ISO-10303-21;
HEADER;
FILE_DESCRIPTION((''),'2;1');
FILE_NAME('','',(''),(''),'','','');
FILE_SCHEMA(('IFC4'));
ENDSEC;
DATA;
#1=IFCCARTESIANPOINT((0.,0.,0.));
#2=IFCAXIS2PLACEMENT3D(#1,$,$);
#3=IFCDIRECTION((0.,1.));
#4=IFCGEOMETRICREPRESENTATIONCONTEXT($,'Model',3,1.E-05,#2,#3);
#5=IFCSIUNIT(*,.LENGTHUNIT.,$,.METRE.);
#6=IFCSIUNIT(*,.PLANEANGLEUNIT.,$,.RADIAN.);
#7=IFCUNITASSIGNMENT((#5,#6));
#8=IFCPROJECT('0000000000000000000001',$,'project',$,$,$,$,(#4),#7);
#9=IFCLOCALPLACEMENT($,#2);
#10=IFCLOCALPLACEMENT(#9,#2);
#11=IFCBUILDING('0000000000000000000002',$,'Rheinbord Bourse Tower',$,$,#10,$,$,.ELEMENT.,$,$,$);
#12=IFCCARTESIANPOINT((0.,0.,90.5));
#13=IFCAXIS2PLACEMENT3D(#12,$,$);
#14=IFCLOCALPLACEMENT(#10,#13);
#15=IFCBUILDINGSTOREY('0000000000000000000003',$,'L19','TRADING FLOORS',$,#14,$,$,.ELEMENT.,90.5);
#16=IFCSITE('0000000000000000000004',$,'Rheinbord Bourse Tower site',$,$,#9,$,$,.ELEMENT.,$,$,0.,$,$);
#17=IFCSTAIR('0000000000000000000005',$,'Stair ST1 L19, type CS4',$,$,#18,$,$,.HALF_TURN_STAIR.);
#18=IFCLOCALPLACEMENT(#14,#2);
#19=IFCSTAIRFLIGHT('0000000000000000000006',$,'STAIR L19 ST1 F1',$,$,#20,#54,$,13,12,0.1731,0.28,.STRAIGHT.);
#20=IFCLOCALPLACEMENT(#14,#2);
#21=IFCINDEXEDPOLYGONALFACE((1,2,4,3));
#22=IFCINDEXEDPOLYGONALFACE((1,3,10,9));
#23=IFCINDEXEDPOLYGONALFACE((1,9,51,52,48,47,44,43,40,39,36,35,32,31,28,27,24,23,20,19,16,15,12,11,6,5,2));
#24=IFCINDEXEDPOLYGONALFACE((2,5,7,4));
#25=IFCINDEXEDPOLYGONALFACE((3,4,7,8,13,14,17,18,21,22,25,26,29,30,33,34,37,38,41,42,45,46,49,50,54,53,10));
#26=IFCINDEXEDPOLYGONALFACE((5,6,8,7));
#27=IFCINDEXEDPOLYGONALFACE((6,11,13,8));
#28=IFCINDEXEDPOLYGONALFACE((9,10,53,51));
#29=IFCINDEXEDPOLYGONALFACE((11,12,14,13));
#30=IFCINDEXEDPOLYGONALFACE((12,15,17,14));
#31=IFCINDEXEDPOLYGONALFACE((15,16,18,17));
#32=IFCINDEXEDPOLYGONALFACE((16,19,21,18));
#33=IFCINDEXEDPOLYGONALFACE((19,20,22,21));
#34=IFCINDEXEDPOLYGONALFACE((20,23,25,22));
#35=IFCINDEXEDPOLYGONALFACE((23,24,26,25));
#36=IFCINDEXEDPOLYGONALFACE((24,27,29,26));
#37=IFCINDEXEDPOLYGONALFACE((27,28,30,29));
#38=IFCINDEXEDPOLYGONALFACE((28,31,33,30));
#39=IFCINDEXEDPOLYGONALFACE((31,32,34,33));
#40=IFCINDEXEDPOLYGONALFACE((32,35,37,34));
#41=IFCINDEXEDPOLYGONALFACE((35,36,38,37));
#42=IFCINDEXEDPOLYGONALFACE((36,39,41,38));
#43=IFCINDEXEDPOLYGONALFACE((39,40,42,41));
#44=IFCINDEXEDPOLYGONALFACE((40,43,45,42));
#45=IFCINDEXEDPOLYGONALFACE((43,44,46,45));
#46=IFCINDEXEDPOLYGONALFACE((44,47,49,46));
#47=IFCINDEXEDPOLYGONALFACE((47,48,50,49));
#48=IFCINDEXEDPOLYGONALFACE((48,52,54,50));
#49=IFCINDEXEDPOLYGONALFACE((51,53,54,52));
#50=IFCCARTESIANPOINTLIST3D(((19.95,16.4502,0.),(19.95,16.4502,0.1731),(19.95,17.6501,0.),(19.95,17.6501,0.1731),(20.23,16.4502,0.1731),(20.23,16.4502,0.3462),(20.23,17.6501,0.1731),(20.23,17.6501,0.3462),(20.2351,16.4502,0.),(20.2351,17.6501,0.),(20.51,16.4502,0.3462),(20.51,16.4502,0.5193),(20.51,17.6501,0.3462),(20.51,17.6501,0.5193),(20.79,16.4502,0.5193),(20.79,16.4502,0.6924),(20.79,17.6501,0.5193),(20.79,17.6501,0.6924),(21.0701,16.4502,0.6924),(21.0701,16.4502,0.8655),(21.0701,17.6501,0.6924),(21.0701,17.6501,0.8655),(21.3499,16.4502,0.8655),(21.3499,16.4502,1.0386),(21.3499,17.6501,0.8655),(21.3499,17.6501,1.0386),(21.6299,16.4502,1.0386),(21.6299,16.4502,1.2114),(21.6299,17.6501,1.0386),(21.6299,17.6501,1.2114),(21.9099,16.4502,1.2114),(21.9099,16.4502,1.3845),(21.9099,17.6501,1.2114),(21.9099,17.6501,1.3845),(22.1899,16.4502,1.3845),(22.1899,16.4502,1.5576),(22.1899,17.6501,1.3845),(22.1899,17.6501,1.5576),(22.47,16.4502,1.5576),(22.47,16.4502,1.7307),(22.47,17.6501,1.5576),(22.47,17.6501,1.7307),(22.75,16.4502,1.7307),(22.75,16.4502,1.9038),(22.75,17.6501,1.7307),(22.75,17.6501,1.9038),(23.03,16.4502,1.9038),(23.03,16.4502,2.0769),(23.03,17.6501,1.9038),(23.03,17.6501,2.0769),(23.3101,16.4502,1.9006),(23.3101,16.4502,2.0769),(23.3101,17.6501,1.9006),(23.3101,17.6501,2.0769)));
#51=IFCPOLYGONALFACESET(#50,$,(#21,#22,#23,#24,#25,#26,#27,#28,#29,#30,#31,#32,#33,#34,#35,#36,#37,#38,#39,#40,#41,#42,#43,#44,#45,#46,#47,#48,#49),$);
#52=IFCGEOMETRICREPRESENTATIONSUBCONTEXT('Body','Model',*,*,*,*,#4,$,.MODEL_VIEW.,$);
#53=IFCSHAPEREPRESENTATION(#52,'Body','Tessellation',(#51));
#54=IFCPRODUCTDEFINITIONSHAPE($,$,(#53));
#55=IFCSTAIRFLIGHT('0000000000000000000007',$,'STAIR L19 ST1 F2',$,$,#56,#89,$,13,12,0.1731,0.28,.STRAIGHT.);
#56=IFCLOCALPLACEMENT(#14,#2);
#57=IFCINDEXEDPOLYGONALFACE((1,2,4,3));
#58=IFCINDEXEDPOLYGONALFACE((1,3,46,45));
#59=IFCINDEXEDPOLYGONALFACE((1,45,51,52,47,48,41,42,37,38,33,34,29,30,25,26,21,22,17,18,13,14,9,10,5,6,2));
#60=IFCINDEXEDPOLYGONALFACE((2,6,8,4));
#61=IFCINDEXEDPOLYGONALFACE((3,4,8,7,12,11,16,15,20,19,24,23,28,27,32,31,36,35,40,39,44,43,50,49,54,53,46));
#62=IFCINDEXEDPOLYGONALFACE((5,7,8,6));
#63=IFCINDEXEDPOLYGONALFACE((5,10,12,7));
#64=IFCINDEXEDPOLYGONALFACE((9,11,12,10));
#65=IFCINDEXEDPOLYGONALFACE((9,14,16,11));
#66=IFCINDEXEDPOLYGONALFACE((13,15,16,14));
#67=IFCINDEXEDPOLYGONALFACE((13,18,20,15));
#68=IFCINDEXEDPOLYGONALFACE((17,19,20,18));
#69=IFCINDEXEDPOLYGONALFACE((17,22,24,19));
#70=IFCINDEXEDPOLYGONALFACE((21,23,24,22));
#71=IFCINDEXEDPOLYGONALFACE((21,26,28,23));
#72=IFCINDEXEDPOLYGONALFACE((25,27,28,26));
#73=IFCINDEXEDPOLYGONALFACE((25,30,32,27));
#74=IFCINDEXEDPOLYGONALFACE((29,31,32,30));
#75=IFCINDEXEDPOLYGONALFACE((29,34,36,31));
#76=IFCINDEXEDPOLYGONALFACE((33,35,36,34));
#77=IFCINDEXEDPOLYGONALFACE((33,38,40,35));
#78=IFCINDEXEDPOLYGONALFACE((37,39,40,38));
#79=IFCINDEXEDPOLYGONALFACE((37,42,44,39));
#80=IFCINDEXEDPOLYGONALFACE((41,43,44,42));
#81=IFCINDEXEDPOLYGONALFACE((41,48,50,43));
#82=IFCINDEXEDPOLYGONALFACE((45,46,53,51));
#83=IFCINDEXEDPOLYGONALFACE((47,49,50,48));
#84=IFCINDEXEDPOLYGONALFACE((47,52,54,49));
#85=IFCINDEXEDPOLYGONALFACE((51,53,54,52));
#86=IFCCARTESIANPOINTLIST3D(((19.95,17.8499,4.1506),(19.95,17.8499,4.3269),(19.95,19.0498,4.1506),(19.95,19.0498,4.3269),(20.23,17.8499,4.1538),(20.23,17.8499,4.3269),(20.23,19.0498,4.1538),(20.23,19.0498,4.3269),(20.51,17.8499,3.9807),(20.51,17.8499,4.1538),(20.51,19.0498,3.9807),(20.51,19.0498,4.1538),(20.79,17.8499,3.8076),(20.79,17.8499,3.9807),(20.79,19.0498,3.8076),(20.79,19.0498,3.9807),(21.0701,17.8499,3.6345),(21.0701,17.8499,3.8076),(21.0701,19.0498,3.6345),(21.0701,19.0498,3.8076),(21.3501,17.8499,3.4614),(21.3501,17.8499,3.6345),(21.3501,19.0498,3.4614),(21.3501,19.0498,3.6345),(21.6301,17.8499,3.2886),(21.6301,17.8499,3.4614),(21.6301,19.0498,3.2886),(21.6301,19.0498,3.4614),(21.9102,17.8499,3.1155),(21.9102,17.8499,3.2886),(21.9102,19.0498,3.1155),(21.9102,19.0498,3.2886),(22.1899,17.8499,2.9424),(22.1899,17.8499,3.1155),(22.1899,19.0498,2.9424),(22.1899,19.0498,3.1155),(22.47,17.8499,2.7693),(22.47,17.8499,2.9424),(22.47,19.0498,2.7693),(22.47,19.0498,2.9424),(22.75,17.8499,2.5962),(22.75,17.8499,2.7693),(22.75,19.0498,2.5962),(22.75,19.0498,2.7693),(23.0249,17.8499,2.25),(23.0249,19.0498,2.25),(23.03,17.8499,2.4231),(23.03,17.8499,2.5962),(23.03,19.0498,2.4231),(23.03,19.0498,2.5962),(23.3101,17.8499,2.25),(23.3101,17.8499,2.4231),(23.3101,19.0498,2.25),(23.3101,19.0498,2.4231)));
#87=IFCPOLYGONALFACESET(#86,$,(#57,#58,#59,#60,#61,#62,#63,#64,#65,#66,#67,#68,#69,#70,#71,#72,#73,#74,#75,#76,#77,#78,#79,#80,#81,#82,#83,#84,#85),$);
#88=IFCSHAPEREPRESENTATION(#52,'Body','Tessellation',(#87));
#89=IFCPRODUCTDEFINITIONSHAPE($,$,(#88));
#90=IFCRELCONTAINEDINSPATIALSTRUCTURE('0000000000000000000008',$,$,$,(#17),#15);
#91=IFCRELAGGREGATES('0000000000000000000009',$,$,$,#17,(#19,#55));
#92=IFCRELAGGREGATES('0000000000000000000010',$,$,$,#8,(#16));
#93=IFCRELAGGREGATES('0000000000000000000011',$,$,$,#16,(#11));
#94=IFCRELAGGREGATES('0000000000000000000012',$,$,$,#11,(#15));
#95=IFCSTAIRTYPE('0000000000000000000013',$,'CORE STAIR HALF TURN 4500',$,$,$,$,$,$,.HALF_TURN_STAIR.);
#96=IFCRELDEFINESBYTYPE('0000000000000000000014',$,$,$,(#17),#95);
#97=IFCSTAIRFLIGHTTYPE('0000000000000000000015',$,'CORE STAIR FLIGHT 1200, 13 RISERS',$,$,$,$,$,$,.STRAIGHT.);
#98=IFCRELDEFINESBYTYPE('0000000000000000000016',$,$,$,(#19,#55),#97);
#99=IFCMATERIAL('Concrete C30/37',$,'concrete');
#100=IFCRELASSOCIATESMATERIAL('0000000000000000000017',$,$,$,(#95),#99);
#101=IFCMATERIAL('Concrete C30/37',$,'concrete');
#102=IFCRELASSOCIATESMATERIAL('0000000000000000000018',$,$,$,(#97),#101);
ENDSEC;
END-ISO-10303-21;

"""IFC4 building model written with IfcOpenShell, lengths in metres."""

from ifc_helpers import new_model, si_unit, direction, frame, origin, place, context, subcontext, project, spatial, polyline, outline, extrude, material, type_object, element, aggregate, save


model = new_model("IFC4")

# Units and contexts
model_context = context("Model", 3, precision=1e-05, world=origin(), true_north=direction((0.0, 1.0)))
body_context = subcontext(model_context, "Body", "Model", "MODEL_VIEW")
ifc_project = project(units=[si_unit("LENGTHUNIT", "METRE"), si_unit("PLANEANGLEUNIT", "RADIAN")], contexts=[model_context])

# Site, building, storey
site_placement = place(None, origin())
site = spatial("IfcSite", under=ifc_project, at=site_placement, Name="Rheinbord Bourse Tower site", CompositionType="ELEMENT", RefElevation=0.0)
building_placement = place(site_placement, origin())
building = spatial("IfcBuilding", under=site, at=building_placement, Name="Rheinbord Bourse Tower", CompositionType="ELEMENT")
storey_placement = place(building_placement, frame((0.0, 0.0, 90.5)))
storey = spatial("IfcBuildingStorey", under=building, at=storey_placement, Name="L19", Description="TRADING FLOORS", CompositionType="ELEMENT", Elevation=90.5)

# Stair, stair flights
ifc_material_1 = material(Name="Concrete C30/37", Category="concrete")
stair_type = type_object("IfcStairType", Name="CORE STAIR HALF TURN 4500", PredefinedType="HALF_TURN_STAIR", material=ifc_material_1)
stair_placement = place(storey_placement, origin())
stair = element("IfcStair", 1, at=stair_placement, inside=storey, type_object=stair_type, Name="Stair ST1 L19, type CS4", PredefinedType="HALF_TURN_STAIR")
ifc_material_2 = material(Name="Concrete C30/37", Category="concrete")
stair_flight_type = type_object("IfcStairFlightType", Name="CORE STAIR FLIGHT 1200, 13 RISERS", PredefinedType="STRAIGHT", material=ifc_material_2)
stair_flight_1_placement = place(storey_placement, frame((19.95, 17.05, 0.0), z_axis=(0.0, 0.0, 1.0), x_axis=(1.0, 0.0, 0.0)))
stair_flight_1 = element("IfcStairFlight", 2, at=stair_flight_1_placement, type_object=stair_flight_type, Name="STAIR L19 ST1 F1", NumberOfRisers=13, NumberOfTreads=12, PredefinedType="STRAIGHT", RiserHeight=0.1731, TreadLength=0.28, context=body_context, shape_type="SweptSolid", body=[
    extrude(outline(polyline([(0.0, 0.0), (0.0, 0.1731), (0.28, 0.1731), (0.28, 0.3462), (0.5601, 0.3462), (0.5601, 0.5193), (0.8401, 0.5193), (0.8401, 0.6924), (1.1201, 0.6924), (1.1201, 0.8655), (1.3999, 0.8655), (1.3999, 1.0386), (1.6799, 1.0386), (1.6799, 1.2114), (1.96, 1.2114), (1.96, 1.3845), (2.24, 1.3845), (2.24, 1.5576), (2.52, 1.5576), (2.52, 1.7307), (2.8, 1.7307), (2.8, 1.9038), (3.0801, 1.9038), (3.0801, 2.0769), (3.3601, 2.0769), (3.3601, 2.25), (3.3601, 1.9006), (0.2852, 0.0), (0.0, 0.0)])), frame((0.0, 0.6001, 0.0), z_axis=(0.0, -1.0, 0.0), x_axis=(1.0, 0.0, 0.0)), (0.0, 0.0, 1.0), 1.2),
])
stair_flight_2_placement = place(storey_placement, frame((23.3101, 18.45, 2.25), z_axis=(0.0, 0.0, 1.0), x_axis=(-1.0, 0.0, 0.0)))
stair_flight_2 = element("IfcStairFlight", 3, at=stair_flight_2_placement, type_object=stair_flight_type, Name="STAIR L19 ST1 F2", NumberOfRisers=13, NumberOfTreads=12, PredefinedType="STRAIGHT", RiserHeight=0.1731, TreadLength=0.28, context=body_context, shape_type="SweptSolid", body=[
    extrude(outline(polyline([(0.0, 0.0), (0.0, 0.1731), (0.28, 0.1731), (0.28, 0.3462), (0.5601, 0.3462), (0.5601, 0.5193), (0.8401, 0.5193), (0.8401, 0.6924), (1.1201, 0.6924), (1.1201, 0.8655), (1.3999, 0.8655), (1.3999, 1.0386), (1.6799, 1.0386), (1.6799, 1.2114), (1.96, 1.2114), (1.96, 1.3845), (2.24, 1.3845), (2.24, 1.5576), (2.52, 1.5576), (2.52, 1.7307), (2.8, 1.7307), (2.8, 1.9038), (3.0801, 1.9038), (3.0801, 2.0769), (3.3601, 2.0769), (3.3601, 2.25), (3.3601, 1.9006), (0.2852, 0.0), (0.0, 0.0)])), frame((0.0, 0.6001, 0.0), z_axis=(0.0, -1.0, 0.0), x_axis=(1.0, 0.0, 0.0)), (0.0, 0.0, 1.0), 1.2),
])
aggregate(stair, [stair_flight_1, stair_flight_2])

save(model, "model.ifc")
